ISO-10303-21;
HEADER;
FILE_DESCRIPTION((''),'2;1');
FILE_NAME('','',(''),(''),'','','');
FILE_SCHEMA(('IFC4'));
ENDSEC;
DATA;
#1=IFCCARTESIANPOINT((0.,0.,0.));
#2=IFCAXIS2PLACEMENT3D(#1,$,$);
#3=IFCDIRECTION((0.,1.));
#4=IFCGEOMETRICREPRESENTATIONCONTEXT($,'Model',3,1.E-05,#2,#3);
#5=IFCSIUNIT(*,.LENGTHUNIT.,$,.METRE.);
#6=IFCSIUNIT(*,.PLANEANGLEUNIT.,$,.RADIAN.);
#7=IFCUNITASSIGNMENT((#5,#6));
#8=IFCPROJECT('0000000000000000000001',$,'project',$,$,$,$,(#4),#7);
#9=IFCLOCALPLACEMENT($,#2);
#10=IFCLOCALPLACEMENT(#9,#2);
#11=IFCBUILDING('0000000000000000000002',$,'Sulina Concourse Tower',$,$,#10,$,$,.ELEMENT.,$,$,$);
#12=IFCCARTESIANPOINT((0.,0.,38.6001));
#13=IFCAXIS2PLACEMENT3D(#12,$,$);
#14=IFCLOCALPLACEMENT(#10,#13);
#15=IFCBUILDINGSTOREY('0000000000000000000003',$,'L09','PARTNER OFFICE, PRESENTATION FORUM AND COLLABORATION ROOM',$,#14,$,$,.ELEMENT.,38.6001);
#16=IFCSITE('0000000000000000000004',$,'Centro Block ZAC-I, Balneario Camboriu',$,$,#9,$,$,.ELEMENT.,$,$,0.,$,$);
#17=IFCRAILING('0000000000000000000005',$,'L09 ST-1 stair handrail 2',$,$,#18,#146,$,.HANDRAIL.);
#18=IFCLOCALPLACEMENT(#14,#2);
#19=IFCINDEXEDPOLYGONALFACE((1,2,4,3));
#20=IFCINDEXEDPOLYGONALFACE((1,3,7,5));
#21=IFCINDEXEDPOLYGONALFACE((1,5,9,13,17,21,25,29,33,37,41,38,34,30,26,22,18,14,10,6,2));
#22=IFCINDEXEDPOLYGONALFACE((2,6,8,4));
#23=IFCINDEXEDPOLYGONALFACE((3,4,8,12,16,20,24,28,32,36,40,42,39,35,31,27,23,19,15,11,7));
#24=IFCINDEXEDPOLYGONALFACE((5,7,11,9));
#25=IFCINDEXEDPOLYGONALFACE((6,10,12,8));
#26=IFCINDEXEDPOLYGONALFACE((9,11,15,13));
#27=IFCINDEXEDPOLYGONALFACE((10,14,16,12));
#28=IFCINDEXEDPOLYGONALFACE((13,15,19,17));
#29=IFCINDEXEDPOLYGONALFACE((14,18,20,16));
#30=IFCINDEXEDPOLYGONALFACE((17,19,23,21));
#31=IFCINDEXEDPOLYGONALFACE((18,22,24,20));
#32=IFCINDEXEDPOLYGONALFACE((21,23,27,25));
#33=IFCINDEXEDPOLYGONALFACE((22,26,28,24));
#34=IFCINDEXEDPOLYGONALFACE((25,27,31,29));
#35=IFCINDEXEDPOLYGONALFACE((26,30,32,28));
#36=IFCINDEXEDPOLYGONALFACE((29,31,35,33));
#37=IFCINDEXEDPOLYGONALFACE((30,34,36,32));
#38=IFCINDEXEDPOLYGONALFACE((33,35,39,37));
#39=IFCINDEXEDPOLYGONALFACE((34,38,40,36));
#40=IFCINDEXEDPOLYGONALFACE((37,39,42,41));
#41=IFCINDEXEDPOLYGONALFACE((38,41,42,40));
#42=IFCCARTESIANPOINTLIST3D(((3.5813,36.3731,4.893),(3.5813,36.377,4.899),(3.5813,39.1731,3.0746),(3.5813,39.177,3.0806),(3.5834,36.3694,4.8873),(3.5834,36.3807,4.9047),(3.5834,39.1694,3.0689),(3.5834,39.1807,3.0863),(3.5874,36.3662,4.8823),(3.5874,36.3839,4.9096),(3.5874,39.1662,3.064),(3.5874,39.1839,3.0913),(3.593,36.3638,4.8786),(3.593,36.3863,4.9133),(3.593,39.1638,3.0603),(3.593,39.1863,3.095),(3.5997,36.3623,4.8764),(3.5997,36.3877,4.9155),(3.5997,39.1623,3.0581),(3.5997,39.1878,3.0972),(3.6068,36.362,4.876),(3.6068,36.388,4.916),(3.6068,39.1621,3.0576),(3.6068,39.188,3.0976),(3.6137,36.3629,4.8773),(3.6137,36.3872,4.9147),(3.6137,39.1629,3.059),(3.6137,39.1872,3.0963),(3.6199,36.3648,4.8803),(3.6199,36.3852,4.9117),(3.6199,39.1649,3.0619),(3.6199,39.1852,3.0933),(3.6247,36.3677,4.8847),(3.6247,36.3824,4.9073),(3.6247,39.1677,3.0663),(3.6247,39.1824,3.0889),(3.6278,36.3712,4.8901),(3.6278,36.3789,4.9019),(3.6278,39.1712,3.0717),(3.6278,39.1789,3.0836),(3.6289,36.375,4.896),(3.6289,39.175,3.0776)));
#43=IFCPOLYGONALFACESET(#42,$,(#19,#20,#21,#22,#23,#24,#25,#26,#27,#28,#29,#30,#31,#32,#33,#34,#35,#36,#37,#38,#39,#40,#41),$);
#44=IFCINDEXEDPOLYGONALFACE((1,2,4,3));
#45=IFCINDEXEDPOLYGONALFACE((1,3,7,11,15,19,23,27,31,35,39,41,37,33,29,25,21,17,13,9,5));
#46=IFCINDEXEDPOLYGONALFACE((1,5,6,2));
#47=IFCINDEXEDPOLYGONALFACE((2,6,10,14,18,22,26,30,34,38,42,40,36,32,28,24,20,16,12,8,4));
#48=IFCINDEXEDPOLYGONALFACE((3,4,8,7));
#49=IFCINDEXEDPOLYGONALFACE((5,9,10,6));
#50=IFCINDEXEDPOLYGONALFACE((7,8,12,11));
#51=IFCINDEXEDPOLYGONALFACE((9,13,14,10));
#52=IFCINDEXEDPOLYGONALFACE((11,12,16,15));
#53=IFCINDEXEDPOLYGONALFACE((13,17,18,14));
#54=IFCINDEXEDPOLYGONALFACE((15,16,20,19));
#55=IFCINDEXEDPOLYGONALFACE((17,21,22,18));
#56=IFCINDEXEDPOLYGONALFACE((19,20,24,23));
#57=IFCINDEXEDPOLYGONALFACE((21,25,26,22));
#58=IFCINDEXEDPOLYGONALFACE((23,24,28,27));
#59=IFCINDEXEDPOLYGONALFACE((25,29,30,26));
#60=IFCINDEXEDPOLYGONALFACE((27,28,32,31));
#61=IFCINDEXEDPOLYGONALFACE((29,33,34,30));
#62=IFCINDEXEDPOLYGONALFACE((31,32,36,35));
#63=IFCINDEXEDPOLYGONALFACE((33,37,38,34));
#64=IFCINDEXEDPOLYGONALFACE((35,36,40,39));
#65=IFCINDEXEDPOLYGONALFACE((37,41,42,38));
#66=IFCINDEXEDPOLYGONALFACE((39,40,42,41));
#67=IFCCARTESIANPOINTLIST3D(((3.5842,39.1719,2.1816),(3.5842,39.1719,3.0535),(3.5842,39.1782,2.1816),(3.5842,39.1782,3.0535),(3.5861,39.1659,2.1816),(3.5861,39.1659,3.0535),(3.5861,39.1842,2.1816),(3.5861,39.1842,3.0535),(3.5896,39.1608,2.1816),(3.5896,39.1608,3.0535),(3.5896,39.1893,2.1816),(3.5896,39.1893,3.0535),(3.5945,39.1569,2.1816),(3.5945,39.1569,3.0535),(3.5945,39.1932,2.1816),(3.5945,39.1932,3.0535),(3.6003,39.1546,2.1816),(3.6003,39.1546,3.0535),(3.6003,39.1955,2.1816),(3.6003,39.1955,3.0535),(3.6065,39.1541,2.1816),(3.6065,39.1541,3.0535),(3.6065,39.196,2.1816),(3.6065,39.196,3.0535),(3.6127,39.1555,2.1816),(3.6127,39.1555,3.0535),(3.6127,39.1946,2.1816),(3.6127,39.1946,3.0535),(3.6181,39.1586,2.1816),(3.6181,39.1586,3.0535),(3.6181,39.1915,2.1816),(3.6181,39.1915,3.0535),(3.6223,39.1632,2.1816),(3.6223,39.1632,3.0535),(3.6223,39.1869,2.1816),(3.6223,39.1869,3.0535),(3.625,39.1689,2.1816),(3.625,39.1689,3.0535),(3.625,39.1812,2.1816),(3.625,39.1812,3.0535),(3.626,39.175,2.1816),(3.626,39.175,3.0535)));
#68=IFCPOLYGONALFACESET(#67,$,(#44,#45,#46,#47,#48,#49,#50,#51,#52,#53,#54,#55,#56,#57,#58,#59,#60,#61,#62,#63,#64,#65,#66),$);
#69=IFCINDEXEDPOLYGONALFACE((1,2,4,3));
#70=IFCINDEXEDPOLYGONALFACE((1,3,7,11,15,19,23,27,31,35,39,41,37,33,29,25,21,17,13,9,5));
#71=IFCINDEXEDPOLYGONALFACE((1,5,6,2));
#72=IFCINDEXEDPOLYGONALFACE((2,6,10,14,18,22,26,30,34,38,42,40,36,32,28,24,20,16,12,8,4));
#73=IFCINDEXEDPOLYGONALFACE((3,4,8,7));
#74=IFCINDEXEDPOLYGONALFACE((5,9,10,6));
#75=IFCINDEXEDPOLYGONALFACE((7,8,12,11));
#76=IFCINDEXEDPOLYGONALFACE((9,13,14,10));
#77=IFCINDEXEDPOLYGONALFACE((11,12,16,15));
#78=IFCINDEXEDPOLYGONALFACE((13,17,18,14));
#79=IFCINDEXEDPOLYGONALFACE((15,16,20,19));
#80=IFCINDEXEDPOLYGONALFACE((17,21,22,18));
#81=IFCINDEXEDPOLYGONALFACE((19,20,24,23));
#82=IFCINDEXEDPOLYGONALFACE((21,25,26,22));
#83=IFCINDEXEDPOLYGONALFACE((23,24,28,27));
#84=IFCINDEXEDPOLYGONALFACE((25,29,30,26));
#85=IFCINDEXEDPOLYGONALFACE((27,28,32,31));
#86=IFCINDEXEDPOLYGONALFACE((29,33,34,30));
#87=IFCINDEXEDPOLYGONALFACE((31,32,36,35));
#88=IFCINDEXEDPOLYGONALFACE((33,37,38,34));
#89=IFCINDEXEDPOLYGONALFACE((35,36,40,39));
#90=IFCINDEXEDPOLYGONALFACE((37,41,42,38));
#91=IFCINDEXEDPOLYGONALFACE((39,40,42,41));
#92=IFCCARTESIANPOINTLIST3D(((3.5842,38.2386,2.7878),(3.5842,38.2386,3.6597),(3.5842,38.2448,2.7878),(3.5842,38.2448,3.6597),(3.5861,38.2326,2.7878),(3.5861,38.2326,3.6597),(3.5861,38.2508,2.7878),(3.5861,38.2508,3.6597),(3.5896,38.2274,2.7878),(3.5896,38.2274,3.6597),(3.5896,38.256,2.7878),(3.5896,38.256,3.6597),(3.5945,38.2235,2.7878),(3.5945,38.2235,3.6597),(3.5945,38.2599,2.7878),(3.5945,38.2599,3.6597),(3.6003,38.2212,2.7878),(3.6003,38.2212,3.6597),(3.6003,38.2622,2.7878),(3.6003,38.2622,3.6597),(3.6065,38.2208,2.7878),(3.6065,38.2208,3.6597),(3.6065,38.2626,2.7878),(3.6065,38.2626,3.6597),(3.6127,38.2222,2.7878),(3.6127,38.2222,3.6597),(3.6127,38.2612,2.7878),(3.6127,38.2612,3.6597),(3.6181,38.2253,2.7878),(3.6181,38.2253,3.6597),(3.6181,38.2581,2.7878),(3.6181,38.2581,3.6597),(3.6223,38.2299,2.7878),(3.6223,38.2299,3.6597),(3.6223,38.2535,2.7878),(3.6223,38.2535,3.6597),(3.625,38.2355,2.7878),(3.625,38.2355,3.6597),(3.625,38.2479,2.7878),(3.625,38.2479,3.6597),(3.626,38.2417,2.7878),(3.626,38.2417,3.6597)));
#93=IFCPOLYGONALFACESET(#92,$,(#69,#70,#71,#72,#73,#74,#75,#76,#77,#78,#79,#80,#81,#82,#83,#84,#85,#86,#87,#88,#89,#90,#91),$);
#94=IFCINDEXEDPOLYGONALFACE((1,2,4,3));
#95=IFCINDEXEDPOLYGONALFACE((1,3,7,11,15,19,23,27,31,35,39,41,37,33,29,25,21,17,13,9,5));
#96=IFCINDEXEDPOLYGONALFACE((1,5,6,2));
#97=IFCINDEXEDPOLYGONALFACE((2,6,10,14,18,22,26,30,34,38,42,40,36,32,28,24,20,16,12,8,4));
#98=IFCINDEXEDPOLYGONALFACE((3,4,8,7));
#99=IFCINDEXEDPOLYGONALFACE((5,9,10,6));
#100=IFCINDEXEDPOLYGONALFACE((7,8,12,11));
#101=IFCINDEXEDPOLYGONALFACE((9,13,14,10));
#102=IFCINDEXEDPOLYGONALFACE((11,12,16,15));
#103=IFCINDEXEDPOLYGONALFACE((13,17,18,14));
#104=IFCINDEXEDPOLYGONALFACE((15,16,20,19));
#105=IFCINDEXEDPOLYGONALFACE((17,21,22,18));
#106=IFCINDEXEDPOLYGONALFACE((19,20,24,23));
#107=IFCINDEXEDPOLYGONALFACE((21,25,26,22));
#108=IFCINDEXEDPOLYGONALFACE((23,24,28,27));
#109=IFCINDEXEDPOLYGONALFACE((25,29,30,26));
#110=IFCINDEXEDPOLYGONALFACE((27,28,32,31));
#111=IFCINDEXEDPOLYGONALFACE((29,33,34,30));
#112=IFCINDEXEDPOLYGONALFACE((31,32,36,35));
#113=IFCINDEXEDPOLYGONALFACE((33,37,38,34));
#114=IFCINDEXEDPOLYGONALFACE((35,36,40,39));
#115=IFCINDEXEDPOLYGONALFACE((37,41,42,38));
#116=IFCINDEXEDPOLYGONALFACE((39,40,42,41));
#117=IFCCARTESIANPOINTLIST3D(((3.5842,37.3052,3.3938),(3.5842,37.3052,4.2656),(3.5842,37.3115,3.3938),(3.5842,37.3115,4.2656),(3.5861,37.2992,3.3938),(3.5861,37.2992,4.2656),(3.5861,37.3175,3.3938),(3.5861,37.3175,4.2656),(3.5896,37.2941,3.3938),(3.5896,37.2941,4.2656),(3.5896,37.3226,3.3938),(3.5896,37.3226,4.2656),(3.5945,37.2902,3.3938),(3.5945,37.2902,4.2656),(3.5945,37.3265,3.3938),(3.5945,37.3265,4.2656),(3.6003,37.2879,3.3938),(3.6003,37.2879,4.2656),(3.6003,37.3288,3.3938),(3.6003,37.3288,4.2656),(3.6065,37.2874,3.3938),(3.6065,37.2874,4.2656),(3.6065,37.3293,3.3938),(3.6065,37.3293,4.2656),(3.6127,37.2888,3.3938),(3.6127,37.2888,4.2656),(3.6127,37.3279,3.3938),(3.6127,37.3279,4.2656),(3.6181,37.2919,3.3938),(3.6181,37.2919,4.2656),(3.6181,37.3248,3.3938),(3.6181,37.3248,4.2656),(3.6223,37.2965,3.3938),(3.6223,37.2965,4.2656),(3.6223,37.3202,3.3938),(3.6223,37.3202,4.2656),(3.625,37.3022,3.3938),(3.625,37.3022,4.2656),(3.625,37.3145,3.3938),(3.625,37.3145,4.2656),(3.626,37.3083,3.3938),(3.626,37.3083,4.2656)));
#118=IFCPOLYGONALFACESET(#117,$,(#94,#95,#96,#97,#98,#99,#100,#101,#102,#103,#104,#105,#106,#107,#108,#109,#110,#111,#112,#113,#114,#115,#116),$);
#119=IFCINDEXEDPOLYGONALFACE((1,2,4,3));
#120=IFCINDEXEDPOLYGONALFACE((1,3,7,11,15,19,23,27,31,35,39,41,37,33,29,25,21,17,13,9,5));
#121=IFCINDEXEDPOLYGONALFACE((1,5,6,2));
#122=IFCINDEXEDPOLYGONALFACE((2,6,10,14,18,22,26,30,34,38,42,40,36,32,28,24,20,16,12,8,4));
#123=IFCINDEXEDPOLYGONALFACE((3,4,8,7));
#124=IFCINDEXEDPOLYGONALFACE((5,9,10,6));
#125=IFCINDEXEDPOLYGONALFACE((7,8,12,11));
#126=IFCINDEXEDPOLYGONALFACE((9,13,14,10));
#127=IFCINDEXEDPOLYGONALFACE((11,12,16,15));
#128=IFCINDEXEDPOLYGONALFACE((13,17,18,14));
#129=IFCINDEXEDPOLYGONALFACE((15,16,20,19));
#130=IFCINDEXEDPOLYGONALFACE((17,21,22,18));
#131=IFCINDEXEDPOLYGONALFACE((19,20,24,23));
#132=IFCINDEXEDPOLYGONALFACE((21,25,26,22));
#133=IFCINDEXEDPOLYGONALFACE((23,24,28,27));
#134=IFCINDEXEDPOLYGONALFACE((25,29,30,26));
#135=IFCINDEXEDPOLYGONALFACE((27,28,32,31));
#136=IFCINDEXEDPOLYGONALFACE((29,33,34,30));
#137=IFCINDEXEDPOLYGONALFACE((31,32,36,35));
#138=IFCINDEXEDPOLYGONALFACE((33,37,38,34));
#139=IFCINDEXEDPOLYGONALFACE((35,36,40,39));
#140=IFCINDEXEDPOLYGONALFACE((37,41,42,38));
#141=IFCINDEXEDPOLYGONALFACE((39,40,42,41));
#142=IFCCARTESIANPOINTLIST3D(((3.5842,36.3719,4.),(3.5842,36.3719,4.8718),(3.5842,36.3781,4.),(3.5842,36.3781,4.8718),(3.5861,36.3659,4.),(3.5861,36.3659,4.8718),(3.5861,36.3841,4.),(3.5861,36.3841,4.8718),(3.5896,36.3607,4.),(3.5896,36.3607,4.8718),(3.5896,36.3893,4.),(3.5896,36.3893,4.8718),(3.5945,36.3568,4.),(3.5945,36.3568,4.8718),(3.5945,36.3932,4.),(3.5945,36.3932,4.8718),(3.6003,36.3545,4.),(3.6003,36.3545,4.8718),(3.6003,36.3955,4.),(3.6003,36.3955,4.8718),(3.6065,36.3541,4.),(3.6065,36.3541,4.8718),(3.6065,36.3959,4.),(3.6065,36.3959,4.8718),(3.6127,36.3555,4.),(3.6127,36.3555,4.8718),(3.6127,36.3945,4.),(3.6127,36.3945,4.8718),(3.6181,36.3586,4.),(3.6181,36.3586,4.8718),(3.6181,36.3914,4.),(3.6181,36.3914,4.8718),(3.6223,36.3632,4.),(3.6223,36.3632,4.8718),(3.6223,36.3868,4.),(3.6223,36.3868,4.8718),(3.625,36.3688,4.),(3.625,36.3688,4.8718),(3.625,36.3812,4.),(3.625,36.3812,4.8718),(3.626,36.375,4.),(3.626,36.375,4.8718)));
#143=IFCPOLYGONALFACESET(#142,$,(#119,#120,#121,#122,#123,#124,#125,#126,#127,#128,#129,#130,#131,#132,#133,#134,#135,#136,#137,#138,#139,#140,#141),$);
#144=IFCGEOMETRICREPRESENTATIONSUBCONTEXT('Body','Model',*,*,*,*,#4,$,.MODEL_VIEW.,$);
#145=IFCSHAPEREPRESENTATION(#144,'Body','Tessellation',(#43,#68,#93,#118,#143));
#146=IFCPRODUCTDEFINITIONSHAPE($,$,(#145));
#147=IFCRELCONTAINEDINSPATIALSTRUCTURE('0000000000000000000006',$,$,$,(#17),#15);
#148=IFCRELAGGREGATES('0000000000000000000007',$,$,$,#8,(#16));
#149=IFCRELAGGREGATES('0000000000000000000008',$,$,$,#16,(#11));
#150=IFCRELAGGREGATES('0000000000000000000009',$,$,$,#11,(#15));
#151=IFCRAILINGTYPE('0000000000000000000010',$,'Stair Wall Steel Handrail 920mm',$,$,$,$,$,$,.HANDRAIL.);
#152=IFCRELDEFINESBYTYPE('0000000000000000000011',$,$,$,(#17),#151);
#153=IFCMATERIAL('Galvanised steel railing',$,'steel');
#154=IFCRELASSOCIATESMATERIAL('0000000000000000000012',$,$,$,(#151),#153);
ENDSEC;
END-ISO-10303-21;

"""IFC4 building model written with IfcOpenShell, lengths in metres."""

from ifc_helpers import new_model, si_unit, direction, frame, origin, origin_2d, place, context, subcontext, project, spatial, circle, extrude, material, type_object, element, save


model = new_model("IFC4")

# Units and contexts
model_context = context("Model", 3, precision=1e-05, world=origin(), true_north=direction((0.0, 1.0)))
body_context = subcontext(model_context, "Body", "Model", "MODEL_VIEW")
ifc_project = project(units=[si_unit("LENGTHUNIT", "METRE"), si_unit("PLANEANGLEUNIT", "RADIAN")], contexts=[model_context])

# Site, building, storey
site_placement = place(None, origin())
site = spatial("IfcSite", under=ifc_project, at=site_placement, Name="Centro Block ZAC-I, Balneario Camboriu", CompositionType="ELEMENT", RefElevation=0.0)
building_placement = place(site_placement, origin())
building = spatial("IfcBuilding", under=site, at=building_placement, Name="Sulina Concourse Tower", CompositionType="ELEMENT")
storey_placement = place(building_placement, frame((0.0, 0.0, 38.6001)))
storey = spatial("IfcBuildingStorey", under=building, at=storey_placement, Name="L09", Description="PARTNER OFFICE, PRESENTATION FORUM AND COLLABORATION ROOM", CompositionType="ELEMENT", Elevation=38.6001)

# Railing
ifc_material_1 = material(Name="Galvanised steel railing", Category="steel")
railing_type_1 = type_object("IfcRailingType", Name="Stair Wall Steel Handrail 920mm", PredefinedType="HANDRAIL", material=ifc_material_1)
railing_1_placement = place(storey_placement, frame((3.605, 39.175, 2.1816)))
element("IfcRailing", 1, at=railing_1_placement, inside=storey, type_object=railing_type_1, Name="L09 ST-1 stair handrail 2", PredefinedType="HANDRAIL", context=body_context, shape_type="SweptSolid", body=[
    extrude(circle(Radius=0.0239, at=origin_2d()), frame((0.0, 0.0, 0.896), z_axis=(0.0, -0.838672, 0.544636), x_axis=(1.0, 0.0, 0.0)), (0.0, 0.0, 1.0), 3.3386),
    extrude(circle(Radius=0.021, at=origin_2d()), origin(), (0.0, 0.0, 1.0), 0.8718),
    extrude(circle(Radius=0.021, at=origin_2d()), frame((0.0, -0.9333, 0.6062)), (0.0, 0.0, 1.0), 0.8718),
    extrude(circle(Radius=0.021, at=origin_2d()), frame((0.0, -1.8667, 1.2122)), (0.0, 0.0, 1.0), 0.8718),
    extrude(circle(Radius=0.021, at=origin_2d()), frame((0.0, -2.8, 1.8184)), (0.0, 0.0, 1.0), 0.8718),
])

save(model, "model.ifc")
